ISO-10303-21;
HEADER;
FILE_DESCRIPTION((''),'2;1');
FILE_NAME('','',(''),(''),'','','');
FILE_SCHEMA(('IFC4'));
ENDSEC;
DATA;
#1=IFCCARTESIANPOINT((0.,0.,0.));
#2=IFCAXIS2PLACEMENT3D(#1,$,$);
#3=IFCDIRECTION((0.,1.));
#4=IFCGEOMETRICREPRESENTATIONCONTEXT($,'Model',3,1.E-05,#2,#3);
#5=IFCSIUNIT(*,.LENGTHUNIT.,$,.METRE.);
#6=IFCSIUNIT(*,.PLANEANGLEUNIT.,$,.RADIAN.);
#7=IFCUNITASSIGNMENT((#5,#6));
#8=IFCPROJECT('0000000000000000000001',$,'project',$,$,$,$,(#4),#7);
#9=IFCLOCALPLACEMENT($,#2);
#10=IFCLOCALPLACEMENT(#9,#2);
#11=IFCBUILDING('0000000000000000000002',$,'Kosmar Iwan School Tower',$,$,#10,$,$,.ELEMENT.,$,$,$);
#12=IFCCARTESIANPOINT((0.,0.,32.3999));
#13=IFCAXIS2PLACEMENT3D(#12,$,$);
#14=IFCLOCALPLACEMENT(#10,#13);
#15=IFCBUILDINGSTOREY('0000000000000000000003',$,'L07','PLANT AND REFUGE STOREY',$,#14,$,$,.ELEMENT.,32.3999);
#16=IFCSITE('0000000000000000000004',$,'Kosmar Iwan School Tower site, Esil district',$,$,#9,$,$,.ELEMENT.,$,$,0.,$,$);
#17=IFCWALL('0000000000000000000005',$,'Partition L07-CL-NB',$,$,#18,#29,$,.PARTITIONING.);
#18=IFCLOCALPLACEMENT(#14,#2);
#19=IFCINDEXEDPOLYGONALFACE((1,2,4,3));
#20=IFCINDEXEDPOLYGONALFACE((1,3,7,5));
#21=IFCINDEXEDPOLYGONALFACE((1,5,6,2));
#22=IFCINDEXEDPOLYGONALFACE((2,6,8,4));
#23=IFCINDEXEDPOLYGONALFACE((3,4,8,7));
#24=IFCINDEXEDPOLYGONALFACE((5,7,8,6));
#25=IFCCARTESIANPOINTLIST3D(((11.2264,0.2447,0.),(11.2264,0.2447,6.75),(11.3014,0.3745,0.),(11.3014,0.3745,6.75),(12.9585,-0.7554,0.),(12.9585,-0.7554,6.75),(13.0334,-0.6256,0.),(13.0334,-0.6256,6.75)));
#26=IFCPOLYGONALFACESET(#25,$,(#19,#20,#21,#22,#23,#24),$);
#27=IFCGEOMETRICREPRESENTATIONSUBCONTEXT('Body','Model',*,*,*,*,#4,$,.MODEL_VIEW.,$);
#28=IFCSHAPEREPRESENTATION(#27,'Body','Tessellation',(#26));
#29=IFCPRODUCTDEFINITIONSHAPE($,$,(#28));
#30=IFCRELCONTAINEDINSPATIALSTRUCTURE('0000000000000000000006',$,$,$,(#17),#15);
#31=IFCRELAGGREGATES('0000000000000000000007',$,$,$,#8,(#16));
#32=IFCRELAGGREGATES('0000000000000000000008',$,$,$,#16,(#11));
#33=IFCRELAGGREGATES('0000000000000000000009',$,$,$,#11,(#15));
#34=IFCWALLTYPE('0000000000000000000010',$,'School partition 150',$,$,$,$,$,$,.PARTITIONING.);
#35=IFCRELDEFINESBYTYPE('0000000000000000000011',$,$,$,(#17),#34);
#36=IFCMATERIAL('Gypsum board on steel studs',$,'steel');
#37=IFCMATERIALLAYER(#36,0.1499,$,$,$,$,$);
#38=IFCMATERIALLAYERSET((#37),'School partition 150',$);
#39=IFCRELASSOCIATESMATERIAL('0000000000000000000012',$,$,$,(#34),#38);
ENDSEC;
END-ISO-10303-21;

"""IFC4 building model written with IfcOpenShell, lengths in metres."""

from ifc_helpers import new_model, si_unit, direction, frame, frame_2d, origin, place, context, subcontext, project, spatial, rectangle, extrude, material, layer, layer_set, type_object, element, save


model = new_model("IFC4")

# Units and contexts
model_context = context("Model", 3, precision=1e-05, world=origin(), true_north=direction((0.0, 1.0)))
body_context = subcontext(model_context, "Body", "Model", "MODEL_VIEW")
ifc_project = project(units=[si_unit("LENGTHUNIT", "METRE"), si_unit("PLANEANGLEUNIT", "RADIAN")], contexts=[model_context])

# Site, building, storey
site_placement = place(None, origin())
site = spatial("IfcSite", under=ifc_project, at=site_placement, Name="Kosmar Iwan School Tower site, Esil district", CompositionType="ELEMENT", RefElevation=0.0)
building_placement = place(site_placement, origin())
building = spatial("IfcBuilding", under=site, at=building_placement, Name="Kosmar Iwan School Tower", CompositionType="ELEMENT")
storey_placement = place(building_placement, frame((0.0, 0.0, 32.3999)))
storey = spatial("IfcBuildingStorey", under=building, at=storey_placement, Name="L07", Description="PLANT AND REFUGE STOREY", CompositionType="ELEMENT", Elevation=32.3999)

# Wall
ifc_material_1 = material(Name="Gypsum board on steel studs", Category="steel")
ifc_layer_1 = layer(ifc_material_1, 0.1499)
ifc_layer_set_1 = layer_set([ifc_layer_1], Name="School partition 150")
wall_type_1 = type_object("IfcWallType", Name="School partition 150", PredefinedType="PARTITIONING", material=ifc_layer_set_1)
wall_1_placement = place(storey_placement, frame((11.2639, 0.3096, 0.0), z_axis=(0.0, 0.0, 1.0), x_axis=(0.866011, -0.500025, 0.0)))
element("IfcWall", 1, at=wall_1_placement, inside=storey, type_object=wall_type_1, Name="Partition L07-CL-NB", PredefinedType="PARTITIONING", context=body_context, shape_type="SweptSolid", body=[
    extrude(rectangle(XDim=2.0, YDim=0.1499, at=frame_2d((1.0, 0.0))), origin(), (0.0, 0.0, 1.0), 6.75),
])

save(model, "model.ifc")
